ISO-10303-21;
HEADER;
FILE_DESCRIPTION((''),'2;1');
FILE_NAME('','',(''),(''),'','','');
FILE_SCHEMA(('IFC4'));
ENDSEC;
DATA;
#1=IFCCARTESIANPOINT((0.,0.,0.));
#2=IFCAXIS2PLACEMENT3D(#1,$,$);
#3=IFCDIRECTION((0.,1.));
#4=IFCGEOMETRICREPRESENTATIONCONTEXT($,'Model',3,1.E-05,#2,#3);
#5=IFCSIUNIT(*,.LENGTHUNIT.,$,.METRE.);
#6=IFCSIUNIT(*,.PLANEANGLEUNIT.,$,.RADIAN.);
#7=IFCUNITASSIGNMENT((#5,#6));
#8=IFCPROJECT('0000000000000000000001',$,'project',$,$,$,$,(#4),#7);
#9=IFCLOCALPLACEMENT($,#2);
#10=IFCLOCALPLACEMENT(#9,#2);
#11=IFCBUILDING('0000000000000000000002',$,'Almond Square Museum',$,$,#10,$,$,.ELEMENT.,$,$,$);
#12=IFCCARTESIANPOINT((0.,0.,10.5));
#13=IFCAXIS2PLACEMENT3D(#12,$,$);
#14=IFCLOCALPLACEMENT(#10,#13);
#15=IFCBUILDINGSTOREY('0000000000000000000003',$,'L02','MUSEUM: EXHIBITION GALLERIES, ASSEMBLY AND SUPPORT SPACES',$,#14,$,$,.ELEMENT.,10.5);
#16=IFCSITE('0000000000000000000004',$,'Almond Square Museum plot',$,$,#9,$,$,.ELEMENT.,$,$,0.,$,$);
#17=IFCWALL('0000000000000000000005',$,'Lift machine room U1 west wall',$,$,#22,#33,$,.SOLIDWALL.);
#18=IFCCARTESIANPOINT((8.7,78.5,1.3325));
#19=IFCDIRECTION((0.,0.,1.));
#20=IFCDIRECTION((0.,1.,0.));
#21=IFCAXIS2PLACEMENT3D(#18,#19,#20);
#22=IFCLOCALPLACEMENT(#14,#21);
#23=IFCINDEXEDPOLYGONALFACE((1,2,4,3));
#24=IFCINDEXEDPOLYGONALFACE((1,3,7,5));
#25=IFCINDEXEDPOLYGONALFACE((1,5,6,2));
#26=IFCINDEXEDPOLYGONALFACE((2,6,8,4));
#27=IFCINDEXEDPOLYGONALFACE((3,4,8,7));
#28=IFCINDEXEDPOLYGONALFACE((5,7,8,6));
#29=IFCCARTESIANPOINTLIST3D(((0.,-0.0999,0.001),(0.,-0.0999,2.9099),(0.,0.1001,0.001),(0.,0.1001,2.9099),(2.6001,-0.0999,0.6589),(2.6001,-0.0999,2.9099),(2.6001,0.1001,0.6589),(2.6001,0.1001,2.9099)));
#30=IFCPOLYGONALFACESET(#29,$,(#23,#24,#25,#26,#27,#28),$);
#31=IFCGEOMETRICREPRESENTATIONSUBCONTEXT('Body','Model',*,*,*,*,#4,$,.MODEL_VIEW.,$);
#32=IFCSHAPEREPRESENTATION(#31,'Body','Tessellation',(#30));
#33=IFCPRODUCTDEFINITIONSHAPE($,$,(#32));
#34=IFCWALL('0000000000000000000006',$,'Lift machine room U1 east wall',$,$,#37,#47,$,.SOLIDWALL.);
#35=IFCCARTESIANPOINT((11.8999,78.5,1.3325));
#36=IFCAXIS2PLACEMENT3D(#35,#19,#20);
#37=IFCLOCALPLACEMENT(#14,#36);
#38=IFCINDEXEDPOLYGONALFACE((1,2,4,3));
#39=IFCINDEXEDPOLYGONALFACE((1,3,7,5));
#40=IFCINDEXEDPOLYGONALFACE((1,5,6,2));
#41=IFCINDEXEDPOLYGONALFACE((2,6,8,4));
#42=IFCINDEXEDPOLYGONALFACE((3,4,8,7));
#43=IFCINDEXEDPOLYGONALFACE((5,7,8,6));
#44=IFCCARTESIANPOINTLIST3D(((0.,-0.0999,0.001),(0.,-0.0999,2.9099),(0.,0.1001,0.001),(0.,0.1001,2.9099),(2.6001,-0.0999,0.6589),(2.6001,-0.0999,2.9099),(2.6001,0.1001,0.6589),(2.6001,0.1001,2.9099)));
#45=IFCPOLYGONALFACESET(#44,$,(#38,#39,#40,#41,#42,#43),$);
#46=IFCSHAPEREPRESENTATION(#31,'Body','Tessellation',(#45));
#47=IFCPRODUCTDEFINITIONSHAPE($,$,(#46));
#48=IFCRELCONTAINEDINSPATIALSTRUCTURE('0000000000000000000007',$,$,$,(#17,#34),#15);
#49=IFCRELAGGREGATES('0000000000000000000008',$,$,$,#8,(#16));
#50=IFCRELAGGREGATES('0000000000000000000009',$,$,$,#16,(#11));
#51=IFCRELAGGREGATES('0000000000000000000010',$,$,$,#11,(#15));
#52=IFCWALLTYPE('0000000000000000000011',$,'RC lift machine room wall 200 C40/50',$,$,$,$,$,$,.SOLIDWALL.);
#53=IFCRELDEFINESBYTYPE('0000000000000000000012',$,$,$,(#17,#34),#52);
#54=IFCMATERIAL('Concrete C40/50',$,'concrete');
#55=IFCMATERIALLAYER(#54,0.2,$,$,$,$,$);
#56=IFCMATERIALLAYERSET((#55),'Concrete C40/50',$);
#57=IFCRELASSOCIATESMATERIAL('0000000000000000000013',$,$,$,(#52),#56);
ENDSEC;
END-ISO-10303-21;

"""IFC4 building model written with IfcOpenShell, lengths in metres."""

from ifc_helpers import new_model, si_unit, direction, frame, origin, place, context, subcontext, project, spatial, polyline, outline, extrude, material, layer, layer_set, type_object, element, save


model = new_model("IFC4")

# Units and contexts
model_context = context("Model", 3, precision=1e-05, world=origin(), true_north=direction((0.0, 1.0)))
body_context = subcontext(model_context, "Body", "Model", "MODEL_VIEW")
ifc_project = project(units=[si_unit("LENGTHUNIT", "METRE"), si_unit("PLANEANGLEUNIT", "RADIAN")], contexts=[model_context])

# Site, building, storey
site_placement = place(None, origin())
site = spatial("IfcSite", under=ifc_project, at=site_placement, Name="Almond Square Museum plot", CompositionType="ELEMENT", RefElevation=0.0)
building_placement = place(site_placement, origin())
building = spatial("IfcBuilding", under=site, at=building_placement, Name="Almond Square Museum", CompositionType="ELEMENT")
storey_placement = place(building_placement, frame((0.0, 0.0, 10.5)))
storey = spatial("IfcBuildingStorey", under=building, at=storey_placement, Name="L02", Description="MUSEUM: EXHIBITION GALLERIES, ASSEMBLY AND SUPPORT SPACES", CompositionType="ELEMENT", Elevation=10.5)

# Walls
ifc_material_1 = material(Name="Concrete C40/50", Category="concrete")
ifc_layer_1 = layer(ifc_material_1, 0.2)
ifc_layer_set_1 = layer_set([ifc_layer_1], Name="Concrete C40/50")
wall_type = type_object("IfcWallType", Name="RC lift machine room wall 200 C40/50", PredefinedType="SOLIDWALL", material=ifc_layer_set_1)
for number, where, z_axis, x_axis, name in (
    (1, (8.7, 78.5, 1.3325), (0.0, 0.0, 1.0), (0.0, 1.0, 0.0), "Lift machine room U1 west wall"),
    (2, (11.8999, 78.5, 1.3325), (0.0, 0.0, 1.0), (0.0, 1.0, 0.0), "Lift machine room U1 east wall"),
):
    element("IfcWall", number, at=place(storey_placement, frame(where, z_axis=z_axis, x_axis=x_axis)), inside=storey, type_object=wall_type, Name=name, PredefinedType="SOLIDWALL", context=body_context, shape_type="SweptSolid", body=[
        extrude(outline(polyline([(0.0, 0.001), (2.6001, 0.6589), (2.6001, 2.9099), (0.0, 2.9099), (0.0, 0.001)])), frame((0.0, 0.1001, 0.0), z_axis=(0.0, -1.0, 0.0), x_axis=(1.0, 0.0, 0.0)), (0.0, 0.0, 1.0), 0.2),
    ])

save(model, "model.ifc")
